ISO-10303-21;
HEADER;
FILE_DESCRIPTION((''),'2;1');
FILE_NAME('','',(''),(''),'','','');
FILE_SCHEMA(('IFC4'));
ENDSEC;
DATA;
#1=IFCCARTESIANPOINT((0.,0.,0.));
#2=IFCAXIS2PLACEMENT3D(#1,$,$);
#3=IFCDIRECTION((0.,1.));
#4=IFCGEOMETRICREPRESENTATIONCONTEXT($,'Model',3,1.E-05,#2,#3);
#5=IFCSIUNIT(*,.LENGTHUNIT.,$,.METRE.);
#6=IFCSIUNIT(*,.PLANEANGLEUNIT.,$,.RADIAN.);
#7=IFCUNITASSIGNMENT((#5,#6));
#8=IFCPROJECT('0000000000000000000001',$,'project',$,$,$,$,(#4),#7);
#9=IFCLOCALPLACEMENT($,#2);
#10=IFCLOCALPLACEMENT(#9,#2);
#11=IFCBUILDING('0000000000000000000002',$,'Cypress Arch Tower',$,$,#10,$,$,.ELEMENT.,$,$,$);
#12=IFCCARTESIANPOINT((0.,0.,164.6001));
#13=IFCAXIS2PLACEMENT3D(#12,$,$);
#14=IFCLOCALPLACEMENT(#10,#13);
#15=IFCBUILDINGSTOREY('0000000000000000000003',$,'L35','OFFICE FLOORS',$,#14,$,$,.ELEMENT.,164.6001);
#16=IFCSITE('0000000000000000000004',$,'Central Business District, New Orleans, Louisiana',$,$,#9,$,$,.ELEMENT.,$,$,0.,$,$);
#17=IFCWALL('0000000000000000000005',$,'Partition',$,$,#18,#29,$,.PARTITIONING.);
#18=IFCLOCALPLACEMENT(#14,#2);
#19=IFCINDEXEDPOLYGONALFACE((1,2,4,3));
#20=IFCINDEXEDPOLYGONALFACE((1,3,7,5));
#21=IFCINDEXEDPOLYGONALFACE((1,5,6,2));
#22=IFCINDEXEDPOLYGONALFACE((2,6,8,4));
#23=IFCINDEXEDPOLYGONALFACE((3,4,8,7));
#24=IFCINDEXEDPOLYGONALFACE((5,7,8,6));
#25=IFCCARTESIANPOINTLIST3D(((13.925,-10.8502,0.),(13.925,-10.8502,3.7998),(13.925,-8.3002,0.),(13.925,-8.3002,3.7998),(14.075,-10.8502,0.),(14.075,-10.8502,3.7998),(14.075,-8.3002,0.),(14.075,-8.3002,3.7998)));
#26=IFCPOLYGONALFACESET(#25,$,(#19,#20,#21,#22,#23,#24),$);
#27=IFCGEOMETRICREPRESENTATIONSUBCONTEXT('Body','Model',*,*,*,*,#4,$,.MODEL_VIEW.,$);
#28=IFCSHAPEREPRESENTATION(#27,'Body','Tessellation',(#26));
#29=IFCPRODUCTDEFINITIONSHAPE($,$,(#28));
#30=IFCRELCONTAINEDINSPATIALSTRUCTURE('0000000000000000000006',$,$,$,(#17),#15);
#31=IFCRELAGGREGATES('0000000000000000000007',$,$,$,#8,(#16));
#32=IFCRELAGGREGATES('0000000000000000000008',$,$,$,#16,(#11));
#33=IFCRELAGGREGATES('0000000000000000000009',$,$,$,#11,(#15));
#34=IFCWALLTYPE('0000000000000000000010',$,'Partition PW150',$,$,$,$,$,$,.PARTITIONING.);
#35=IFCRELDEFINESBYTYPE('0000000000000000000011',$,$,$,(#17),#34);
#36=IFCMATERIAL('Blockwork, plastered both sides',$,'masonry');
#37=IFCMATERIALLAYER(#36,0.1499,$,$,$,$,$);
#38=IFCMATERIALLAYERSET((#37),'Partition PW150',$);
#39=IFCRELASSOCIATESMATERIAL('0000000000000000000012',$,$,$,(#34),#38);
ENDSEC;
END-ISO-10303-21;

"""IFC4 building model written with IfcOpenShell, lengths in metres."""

from ifc_helpers import new_model, si_unit, direction, frame, frame_2d, origin, place, context, subcontext, project, spatial, rectangle, extrude, material, layer, layer_set, type_object, element, save


model = new_model("IFC4")

# Units and contexts
model_context = context("Model", 3, precision=1e-05, world=origin(), true_north=direction((0.0, 1.0)))
body_context = subcontext(model_context, "Body", "Model", "MODEL_VIEW")
ifc_project = project(units=[si_unit("LENGTHUNIT", "METRE"), si_unit("PLANEANGLEUNIT", "RADIAN")], contexts=[model_context])

# Site, building, storey
site_placement = place(None, origin())
site = spatial("IfcSite", under=ifc_project, at=site_placement, Name="Central Business District, New Orleans, Louisiana", CompositionType="ELEMENT", RefElevation=0.0)
building_placement = place(site_placement, origin())
building = spatial("IfcBuilding", under=site, at=building_placement, Name="Cypress Arch Tower", CompositionType="ELEMENT")
storey_placement = place(building_placement, frame((0.0, 0.0, 164.6001)))
storey = spatial("IfcBuildingStorey", under=building, at=storey_placement, Name="L35", Description="OFFICE FLOORS", CompositionType="ELEMENT", Elevation=164.6001)

# Shared definitions
ifc_material_1 = material(Name="Blockwork, plastered both sides", Category="masonry")
ifc_layer_1 = layer(ifc_material_1, 0.1499)
ifc_layer_set_1 = layer_set([ifc_layer_1], Name="Partition PW150")
wall_type_1 = type_object("IfcWallType", Name="Partition PW150", PredefinedType="PARTITIONING", material=ifc_layer_set_1)

# Wall
wall_1_placement = place(storey_placement, frame((14.0, -10.8501, 0.0), z_axis=(0.0, 0.0, 1.0), x_axis=(0.0, 1.0, 0.0)))
element("IfcWall", 1, at=wall_1_placement, inside=storey, type_object=wall_type_1, Name="Partition", PredefinedType="PARTITIONING", context=body_context, shape_type="SweptSolid", body=[
    extrude(rectangle(XDim=2.55, YDim=0.1499, at=frame_2d((1.2749, 0.0))), origin(), (0.0, 0.0, 1.0), 3.7998),
])

save(model, "model.ifc")
